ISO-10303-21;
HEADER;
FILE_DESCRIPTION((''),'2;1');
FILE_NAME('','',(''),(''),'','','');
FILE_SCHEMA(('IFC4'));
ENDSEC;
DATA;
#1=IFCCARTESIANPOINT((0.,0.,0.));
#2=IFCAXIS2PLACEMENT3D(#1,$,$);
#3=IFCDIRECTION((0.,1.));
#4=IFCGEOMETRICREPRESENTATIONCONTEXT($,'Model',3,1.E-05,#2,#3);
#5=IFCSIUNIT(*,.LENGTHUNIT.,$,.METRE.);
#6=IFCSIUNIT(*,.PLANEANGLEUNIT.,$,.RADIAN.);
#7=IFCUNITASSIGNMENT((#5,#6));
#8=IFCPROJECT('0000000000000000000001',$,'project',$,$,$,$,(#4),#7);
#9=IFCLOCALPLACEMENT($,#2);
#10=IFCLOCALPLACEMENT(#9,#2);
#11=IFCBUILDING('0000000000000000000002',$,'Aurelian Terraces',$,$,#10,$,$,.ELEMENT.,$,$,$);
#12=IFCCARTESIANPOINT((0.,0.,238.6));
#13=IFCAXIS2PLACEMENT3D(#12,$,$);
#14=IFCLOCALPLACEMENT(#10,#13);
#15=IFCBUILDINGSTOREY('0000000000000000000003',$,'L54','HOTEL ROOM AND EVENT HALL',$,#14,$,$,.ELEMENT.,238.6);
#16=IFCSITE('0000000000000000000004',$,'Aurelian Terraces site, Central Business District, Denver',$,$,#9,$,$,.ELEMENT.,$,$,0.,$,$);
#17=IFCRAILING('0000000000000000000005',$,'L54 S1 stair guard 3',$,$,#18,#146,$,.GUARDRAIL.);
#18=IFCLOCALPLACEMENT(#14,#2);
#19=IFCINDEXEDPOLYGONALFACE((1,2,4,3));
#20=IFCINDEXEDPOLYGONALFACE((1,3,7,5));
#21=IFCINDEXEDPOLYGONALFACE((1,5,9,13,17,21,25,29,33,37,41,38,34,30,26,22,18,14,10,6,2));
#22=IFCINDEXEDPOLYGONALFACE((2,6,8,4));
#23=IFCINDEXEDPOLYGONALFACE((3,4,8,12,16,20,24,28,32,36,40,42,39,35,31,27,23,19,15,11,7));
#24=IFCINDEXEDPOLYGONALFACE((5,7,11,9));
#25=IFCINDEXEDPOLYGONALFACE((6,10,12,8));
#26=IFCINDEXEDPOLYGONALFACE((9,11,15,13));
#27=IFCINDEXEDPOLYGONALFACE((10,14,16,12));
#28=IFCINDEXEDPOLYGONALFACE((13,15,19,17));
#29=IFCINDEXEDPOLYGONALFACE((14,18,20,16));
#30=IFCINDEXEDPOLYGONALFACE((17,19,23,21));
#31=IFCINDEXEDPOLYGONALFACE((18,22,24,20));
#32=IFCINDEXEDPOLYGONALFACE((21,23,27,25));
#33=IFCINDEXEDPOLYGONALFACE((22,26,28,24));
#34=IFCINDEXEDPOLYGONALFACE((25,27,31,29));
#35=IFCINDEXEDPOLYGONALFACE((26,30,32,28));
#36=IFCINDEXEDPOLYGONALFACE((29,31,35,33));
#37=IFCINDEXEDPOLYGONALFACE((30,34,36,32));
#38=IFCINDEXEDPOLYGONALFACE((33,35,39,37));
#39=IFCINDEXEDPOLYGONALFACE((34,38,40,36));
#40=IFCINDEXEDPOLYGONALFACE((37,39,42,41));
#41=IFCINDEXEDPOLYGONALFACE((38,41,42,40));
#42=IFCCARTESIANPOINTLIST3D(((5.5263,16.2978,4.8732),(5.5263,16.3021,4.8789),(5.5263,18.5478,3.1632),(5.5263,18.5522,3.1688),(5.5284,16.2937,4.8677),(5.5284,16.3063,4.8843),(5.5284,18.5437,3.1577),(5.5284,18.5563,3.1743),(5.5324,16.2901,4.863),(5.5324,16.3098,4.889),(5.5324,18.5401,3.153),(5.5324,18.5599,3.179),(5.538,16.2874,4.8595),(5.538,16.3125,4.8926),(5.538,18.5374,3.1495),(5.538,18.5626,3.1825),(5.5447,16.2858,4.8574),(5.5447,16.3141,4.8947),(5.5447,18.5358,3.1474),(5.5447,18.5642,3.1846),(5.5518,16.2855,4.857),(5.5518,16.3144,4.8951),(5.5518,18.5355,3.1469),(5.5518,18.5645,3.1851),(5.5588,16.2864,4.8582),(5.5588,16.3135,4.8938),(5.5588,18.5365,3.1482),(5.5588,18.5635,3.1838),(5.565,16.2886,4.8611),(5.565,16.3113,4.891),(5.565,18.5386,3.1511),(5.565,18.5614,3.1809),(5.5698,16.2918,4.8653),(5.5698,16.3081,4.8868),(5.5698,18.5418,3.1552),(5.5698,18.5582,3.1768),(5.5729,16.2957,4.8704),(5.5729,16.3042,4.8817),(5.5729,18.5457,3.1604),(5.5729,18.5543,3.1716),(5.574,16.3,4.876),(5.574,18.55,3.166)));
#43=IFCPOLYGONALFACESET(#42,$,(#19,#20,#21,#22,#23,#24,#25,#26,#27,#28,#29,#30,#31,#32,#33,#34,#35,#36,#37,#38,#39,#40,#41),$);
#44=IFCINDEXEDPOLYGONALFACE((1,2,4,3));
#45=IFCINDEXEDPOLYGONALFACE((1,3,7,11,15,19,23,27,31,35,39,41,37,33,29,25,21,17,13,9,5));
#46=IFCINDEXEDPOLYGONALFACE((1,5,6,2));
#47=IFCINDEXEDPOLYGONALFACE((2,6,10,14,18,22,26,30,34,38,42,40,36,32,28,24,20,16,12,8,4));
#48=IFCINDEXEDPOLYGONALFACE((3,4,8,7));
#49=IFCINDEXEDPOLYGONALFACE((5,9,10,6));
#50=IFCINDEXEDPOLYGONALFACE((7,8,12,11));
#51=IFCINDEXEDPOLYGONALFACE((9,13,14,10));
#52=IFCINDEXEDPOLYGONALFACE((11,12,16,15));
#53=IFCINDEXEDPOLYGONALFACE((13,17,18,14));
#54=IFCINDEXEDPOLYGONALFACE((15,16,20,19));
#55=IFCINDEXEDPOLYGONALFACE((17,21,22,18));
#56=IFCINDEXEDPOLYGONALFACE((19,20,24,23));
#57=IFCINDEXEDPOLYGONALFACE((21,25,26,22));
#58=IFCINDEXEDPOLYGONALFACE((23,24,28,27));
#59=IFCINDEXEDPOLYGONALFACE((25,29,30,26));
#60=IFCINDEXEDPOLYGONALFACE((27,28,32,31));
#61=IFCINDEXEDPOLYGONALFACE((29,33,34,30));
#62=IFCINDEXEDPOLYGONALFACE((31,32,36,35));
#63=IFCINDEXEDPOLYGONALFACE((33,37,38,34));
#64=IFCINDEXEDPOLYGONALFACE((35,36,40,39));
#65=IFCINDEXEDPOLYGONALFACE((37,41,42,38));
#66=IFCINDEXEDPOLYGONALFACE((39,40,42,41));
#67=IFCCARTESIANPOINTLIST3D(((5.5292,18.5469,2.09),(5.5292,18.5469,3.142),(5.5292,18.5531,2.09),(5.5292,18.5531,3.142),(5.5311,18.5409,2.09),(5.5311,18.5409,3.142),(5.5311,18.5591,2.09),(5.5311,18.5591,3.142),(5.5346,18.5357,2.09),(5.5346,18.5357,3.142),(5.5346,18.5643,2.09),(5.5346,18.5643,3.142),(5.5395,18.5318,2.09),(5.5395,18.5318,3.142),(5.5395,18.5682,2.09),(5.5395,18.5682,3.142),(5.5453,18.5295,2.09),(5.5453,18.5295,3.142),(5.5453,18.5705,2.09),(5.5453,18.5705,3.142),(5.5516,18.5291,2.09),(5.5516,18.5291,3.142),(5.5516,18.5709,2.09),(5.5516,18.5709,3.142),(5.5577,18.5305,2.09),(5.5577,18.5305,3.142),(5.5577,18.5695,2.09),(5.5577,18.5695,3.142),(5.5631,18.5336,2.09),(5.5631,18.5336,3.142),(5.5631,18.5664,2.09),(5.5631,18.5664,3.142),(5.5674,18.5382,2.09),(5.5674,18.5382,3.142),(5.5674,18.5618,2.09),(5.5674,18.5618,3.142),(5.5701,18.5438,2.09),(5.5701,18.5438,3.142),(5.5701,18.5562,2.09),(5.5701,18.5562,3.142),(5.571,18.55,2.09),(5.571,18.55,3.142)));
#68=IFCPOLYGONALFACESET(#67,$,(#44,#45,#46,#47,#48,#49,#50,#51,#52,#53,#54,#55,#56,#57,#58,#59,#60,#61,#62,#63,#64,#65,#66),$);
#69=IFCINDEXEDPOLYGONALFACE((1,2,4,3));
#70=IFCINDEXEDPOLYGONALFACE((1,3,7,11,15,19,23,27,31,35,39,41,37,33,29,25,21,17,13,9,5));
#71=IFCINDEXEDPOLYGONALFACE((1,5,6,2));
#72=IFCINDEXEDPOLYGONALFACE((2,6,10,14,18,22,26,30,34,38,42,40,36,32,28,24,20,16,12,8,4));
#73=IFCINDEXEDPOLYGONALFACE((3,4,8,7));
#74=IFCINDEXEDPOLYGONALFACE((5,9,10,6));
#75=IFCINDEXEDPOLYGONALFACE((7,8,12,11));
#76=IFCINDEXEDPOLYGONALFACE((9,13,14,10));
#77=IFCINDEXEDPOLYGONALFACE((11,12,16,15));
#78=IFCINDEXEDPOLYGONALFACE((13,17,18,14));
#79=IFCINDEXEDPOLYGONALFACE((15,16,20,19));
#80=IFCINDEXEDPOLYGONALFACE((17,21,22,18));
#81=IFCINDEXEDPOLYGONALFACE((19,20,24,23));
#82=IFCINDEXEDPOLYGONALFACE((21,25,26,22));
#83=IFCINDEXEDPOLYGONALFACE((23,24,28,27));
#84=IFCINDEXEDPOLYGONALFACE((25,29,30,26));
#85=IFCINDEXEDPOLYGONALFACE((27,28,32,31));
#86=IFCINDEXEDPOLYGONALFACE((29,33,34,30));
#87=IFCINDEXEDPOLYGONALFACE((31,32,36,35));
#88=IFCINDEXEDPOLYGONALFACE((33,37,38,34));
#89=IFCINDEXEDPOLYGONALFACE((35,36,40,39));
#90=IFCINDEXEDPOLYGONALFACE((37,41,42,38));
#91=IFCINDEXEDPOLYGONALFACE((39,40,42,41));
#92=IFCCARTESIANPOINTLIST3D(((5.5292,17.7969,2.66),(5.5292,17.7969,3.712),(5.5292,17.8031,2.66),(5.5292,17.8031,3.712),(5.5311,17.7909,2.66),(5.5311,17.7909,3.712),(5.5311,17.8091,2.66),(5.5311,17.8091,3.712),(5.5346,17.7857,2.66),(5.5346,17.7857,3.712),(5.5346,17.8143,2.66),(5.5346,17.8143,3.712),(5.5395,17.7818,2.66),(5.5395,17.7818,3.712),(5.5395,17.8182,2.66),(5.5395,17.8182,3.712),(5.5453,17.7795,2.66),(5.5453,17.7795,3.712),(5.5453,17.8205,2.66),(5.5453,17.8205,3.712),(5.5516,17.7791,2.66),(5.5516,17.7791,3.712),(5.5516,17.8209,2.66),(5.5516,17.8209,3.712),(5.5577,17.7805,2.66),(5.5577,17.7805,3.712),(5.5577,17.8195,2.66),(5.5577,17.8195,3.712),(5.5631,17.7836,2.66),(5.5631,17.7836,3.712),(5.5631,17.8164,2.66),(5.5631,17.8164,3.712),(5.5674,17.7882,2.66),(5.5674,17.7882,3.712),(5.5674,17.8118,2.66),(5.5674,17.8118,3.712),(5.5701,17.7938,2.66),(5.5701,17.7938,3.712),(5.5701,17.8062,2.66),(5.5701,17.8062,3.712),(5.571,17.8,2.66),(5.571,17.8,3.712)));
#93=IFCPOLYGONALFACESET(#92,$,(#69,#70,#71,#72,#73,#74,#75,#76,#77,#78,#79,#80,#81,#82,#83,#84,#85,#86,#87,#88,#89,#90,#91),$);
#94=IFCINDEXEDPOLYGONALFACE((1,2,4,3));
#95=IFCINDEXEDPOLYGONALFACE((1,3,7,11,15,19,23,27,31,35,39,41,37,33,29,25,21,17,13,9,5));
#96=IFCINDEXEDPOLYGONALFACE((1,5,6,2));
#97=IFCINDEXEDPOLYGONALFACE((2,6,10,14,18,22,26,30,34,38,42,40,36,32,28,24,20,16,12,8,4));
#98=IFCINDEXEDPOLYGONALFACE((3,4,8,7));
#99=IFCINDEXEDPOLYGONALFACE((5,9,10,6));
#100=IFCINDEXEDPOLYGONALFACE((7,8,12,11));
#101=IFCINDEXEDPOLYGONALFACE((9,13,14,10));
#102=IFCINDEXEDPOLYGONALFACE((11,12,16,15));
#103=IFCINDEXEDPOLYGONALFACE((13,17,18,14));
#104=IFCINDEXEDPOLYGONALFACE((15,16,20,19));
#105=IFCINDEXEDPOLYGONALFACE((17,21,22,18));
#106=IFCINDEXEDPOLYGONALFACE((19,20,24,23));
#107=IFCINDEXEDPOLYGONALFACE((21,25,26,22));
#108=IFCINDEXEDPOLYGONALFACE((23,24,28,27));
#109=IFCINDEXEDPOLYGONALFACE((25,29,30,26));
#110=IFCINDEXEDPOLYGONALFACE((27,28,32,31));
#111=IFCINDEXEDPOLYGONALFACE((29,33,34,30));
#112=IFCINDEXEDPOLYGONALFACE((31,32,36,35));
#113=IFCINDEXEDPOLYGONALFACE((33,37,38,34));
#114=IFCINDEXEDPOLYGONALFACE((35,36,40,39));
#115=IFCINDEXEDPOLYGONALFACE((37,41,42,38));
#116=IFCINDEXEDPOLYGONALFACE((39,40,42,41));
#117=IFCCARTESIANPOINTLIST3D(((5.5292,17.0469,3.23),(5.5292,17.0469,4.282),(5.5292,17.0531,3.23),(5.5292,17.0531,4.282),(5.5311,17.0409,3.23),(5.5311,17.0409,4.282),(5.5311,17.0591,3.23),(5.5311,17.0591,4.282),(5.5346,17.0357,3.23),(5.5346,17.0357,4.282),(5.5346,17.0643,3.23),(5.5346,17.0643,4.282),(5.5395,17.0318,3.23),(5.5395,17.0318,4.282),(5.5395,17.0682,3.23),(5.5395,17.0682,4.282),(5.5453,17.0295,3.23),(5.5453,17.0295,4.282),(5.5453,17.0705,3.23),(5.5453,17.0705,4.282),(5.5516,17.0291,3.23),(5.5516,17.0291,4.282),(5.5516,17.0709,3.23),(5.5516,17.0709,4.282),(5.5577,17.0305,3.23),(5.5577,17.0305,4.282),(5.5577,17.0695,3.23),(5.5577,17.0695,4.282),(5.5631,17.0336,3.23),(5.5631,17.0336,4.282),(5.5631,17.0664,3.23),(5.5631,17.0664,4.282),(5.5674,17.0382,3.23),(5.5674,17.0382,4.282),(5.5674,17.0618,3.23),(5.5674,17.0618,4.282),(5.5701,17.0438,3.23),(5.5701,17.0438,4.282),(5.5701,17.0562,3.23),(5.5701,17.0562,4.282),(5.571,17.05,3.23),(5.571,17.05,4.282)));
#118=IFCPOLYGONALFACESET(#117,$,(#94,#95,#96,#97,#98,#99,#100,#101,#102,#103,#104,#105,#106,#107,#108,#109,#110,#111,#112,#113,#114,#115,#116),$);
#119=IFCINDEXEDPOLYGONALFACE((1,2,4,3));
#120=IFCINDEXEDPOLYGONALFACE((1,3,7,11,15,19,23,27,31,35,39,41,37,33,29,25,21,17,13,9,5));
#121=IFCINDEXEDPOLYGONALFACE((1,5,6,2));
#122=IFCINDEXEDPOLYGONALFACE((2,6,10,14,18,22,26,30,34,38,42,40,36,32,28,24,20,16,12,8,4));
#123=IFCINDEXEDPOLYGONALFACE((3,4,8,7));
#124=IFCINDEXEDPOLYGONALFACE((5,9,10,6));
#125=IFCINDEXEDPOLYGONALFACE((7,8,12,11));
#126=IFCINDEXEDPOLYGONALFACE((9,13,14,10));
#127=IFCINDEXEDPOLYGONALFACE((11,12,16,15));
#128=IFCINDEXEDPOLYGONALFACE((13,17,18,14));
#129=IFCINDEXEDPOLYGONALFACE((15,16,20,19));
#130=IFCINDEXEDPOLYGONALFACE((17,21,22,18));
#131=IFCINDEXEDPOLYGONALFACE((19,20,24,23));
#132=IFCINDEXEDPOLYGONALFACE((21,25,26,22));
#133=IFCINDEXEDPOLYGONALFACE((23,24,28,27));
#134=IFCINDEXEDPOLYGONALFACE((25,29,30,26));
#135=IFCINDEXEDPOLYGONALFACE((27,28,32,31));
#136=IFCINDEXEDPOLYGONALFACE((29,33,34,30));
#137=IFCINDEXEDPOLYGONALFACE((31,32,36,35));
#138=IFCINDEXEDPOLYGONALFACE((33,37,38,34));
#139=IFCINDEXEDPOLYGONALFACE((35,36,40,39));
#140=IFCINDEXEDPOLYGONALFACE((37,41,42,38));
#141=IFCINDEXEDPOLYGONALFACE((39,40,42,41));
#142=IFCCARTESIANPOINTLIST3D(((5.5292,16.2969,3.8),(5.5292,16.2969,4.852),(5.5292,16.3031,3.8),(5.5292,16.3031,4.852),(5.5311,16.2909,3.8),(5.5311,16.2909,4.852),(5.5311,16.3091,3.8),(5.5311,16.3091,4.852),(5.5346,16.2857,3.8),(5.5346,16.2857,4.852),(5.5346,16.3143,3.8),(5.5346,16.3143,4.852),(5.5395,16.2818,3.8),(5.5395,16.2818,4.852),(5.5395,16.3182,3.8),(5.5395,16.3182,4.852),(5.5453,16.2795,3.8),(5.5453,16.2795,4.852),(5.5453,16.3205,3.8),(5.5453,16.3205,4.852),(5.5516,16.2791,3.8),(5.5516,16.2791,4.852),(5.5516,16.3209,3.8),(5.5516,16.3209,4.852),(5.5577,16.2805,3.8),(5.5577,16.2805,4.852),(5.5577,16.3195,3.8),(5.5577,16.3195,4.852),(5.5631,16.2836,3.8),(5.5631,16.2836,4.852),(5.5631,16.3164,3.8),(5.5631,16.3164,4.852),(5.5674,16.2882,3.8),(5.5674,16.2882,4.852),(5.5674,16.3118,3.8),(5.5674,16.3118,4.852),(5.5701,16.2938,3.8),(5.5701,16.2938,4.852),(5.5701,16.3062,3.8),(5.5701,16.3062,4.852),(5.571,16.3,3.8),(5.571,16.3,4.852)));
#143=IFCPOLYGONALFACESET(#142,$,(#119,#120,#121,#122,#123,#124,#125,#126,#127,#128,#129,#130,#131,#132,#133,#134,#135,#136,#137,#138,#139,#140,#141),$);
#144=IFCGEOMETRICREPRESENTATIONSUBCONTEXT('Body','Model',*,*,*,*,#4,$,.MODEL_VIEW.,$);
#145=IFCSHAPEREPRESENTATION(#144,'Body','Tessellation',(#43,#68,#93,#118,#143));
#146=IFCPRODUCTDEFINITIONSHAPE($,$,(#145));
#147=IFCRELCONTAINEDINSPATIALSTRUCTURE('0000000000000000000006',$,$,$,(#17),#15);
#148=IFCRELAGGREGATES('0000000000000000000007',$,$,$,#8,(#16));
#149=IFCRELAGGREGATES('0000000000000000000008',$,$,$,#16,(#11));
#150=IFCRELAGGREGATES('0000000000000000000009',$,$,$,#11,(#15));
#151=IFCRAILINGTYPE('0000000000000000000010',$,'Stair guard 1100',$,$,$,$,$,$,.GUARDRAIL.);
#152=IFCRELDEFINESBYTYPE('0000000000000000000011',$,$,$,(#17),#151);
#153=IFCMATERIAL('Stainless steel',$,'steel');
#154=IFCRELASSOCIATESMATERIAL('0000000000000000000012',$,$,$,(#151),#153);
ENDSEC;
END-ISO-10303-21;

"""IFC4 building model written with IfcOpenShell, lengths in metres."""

from ifc_helpers import new_model, si_unit, direction, frame, origin, origin_2d, place, context, subcontext, project, spatial, circle, extrude, source, transform, mapped, material, type_object, element, save


model = new_model("IFC4")

# Units and contexts
model_context = context("Model", 3, precision=1e-05, world=origin(), true_north=direction((0.0, 1.0)))
body_context = subcontext(model_context, "Body", "Model", "MODEL_VIEW")
ifc_project = project(units=[si_unit("LENGTHUNIT", "METRE"), si_unit("PLANEANGLEUNIT", "RADIAN")], contexts=[model_context])

# Site, building, storey
site_placement = place(None, origin())
site = spatial("IfcSite", under=ifc_project, at=site_placement, Name="Aurelian Terraces site, Central Business District, Denver", CompositionType="ELEMENT", RefElevation=0.0)
building_placement = place(site_placement, origin())
building = spatial("IfcBuilding", under=site, at=building_placement, Name="Aurelian Terraces", CompositionType="ELEMENT")
storey_placement = place(building_placement, frame((0.0, 0.0, 238.6)))
storey = spatial("IfcBuildingStorey", under=building, at=storey_placement, Name="L54", Description="HOTEL ROOM AND EVENT HALL", CompositionType="ELEMENT", Elevation=238.6)

# Railing
ifc_material_1 = material(Name="Stainless steel", Category="steel")
railing_type_1 = type_object("IfcRailingType", Name="Stair guard 1100", PredefinedType="GUARDRAIL", material=ifc_material_1)
shared_shape_1 = source(origin(), body_context, "Body", "SweptSolid", [
    extrude(circle(Radius=0.024, at=origin_2d()), frame((0.0, 0.0, 1.076), z_axis=(0.0, -0.796162, 0.605083), x_axis=(1.0, 0.0, 0.0)), (0.0, 0.0, 1.0), 2.8261),
    extrude(circle(Radius=0.021, at=origin_2d()), origin(), (0.0, 0.0, 1.0), 1.052),
    extrude(circle(Radius=0.021, at=origin_2d()), frame((0.0, -0.75, 0.57)), (0.0, 0.0, 1.0), 1.052),
    extrude(circle(Radius=0.021, at=origin_2d()), frame((0.0, -1.5, 1.14)), (0.0, 0.0, 1.0), 1.052),
    extrude(circle(Radius=0.021, at=origin_2d()), frame((0.0, -2.25, 1.71)), (0.0, 0.0, 1.0), 1.052),
])
railing_1_placement = place(storey_placement, frame((5.55, 18.55, 2.09)))
element("IfcRailing", 1, at=railing_1_placement, inside=storey, type_object=railing_type_1, Name="L54 S1 stair guard 3", PredefinedType="GUARDRAIL", context=body_context, shape_type="MappedRepresentation", body=[
    mapped(shared_shape_1, transform((0.0, 0.0, 0.0), scale=1.0)),
])

save(model, "model.ifc")
